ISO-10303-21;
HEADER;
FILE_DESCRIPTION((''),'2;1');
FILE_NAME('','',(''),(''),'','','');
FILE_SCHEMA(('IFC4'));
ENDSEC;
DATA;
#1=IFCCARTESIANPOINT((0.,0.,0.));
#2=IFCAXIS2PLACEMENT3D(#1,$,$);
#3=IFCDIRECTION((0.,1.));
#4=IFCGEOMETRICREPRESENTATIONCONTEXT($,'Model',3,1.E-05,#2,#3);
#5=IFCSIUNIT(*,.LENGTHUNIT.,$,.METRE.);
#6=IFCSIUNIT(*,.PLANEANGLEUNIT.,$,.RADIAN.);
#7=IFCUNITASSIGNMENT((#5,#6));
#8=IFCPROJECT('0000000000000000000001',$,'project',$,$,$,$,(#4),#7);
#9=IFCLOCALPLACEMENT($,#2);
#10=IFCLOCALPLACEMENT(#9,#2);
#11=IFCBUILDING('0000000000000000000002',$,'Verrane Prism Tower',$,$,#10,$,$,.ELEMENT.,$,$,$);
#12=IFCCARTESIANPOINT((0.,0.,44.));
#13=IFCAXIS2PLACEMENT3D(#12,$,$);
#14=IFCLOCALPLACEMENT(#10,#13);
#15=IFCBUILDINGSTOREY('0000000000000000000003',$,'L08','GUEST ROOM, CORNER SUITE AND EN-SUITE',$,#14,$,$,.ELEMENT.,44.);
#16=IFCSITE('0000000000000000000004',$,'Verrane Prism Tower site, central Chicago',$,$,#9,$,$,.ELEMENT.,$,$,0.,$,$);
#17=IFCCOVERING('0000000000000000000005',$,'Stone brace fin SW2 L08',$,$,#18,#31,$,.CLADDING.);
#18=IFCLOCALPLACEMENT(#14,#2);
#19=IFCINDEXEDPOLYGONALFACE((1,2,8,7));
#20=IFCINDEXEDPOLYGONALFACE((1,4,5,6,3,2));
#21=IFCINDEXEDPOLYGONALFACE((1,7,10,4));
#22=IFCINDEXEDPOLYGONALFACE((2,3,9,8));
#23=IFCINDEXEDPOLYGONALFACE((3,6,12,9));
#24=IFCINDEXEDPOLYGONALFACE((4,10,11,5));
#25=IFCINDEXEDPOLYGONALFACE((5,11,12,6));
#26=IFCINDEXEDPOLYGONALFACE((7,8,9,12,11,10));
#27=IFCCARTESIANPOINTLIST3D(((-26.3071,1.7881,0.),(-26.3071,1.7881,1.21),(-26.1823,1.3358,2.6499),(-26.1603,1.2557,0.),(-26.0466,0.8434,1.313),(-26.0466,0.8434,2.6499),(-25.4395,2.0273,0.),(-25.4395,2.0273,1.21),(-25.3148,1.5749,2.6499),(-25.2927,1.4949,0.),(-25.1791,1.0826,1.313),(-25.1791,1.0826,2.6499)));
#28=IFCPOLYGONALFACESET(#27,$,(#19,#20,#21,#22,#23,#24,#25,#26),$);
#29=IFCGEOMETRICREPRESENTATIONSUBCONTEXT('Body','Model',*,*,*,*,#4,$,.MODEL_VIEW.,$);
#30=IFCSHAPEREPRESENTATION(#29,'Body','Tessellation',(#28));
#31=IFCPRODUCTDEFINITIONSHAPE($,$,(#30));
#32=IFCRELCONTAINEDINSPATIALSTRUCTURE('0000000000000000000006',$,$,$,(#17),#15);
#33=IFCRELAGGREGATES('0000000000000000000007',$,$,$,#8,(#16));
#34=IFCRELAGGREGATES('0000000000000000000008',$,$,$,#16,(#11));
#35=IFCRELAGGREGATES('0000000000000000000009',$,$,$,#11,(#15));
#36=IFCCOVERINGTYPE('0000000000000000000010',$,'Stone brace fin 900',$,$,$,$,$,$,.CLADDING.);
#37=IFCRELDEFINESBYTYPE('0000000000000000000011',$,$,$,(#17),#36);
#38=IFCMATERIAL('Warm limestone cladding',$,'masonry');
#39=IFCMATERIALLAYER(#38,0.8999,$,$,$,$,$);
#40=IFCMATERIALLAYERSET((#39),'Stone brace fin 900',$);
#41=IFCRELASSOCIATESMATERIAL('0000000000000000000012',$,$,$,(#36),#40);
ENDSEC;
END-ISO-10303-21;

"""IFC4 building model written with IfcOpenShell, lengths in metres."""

from ifc_helpers import new_model, si_unit, direction, frame, origin, place, context, subcontext, project, spatial, polyline, outline, extrude, material, layer, layer_set, type_object, element, save


model = new_model("IFC4")

# Units and contexts
model_context = context("Model", 3, precision=1e-05, world=origin(), true_north=direction((0.0, 1.0)))
body_context = subcontext(model_context, "Body", "Model", "MODEL_VIEW")
ifc_project = project(units=[si_unit("LENGTHUNIT", "METRE"), si_unit("PLANEANGLEUNIT", "RADIAN")], contexts=[model_context])

# Site, building, storey
site_placement = place(None, origin())
site = spatial("IfcSite", under=ifc_project, at=site_placement, Name="Verrane Prism Tower site, central Chicago", CompositionType="ELEMENT", RefElevation=0.0)
building_placement = place(site_placement, origin())
building = spatial("IfcBuilding", under=site, at=building_placement, Name="Verrane Prism Tower", CompositionType="ELEMENT")
storey_placement = place(building_placement, frame((0.0, 0.0, 44.0)))
storey = spatial("IfcBuildingStorey", under=building, at=storey_placement, Name="L08", Description="GUEST ROOM, CORNER SUITE AND EN-SUITE", CompositionType="ELEMENT", Elevation=44.0)

# Covering
ifc_material_1 = material(Name="Warm limestone cladding", Category="masonry")
ifc_layer_1 = layer(ifc_material_1, 0.8999)
ifc_layer_set_1 = layer_set([ifc_layer_1], Name="Stone brace fin 900")
covering_type = type_object("IfcCoveringType", Name="Stone brace fin 900", PredefinedType="CLADDING", material=ifc_layer_set_1)
covering_placement = place(storey_placement, frame((-25.8733, 1.9077, 0.0), z_axis=(0.0, 0.0, 1.0), x_axis=(0.265793, -0.96403, 0.0)))
element("IfcCovering", 1, at=covering_placement, inside=storey, type_object=covering_type, Name="Stone brace fin SW2 L08", PredefinedType="CLADDING", context=body_context, shape_type="SweptSolid", body=[
    extrude(outline(polyline([(0.98, 2.6499), (0.4692, 2.6499), (0.0, 1.21), (0.0, 0.0), (0.5522, 0.0), (0.98, 1.313), (0.98, 2.6499)])), frame((0.0, 0.45, 0.0), z_axis=(0.0, -1.0, 0.0), x_axis=(1.0, 0.0, 0.0)), (0.0, 0.0, 1.0), 0.8999),
])

save(model, "model.ifc")
